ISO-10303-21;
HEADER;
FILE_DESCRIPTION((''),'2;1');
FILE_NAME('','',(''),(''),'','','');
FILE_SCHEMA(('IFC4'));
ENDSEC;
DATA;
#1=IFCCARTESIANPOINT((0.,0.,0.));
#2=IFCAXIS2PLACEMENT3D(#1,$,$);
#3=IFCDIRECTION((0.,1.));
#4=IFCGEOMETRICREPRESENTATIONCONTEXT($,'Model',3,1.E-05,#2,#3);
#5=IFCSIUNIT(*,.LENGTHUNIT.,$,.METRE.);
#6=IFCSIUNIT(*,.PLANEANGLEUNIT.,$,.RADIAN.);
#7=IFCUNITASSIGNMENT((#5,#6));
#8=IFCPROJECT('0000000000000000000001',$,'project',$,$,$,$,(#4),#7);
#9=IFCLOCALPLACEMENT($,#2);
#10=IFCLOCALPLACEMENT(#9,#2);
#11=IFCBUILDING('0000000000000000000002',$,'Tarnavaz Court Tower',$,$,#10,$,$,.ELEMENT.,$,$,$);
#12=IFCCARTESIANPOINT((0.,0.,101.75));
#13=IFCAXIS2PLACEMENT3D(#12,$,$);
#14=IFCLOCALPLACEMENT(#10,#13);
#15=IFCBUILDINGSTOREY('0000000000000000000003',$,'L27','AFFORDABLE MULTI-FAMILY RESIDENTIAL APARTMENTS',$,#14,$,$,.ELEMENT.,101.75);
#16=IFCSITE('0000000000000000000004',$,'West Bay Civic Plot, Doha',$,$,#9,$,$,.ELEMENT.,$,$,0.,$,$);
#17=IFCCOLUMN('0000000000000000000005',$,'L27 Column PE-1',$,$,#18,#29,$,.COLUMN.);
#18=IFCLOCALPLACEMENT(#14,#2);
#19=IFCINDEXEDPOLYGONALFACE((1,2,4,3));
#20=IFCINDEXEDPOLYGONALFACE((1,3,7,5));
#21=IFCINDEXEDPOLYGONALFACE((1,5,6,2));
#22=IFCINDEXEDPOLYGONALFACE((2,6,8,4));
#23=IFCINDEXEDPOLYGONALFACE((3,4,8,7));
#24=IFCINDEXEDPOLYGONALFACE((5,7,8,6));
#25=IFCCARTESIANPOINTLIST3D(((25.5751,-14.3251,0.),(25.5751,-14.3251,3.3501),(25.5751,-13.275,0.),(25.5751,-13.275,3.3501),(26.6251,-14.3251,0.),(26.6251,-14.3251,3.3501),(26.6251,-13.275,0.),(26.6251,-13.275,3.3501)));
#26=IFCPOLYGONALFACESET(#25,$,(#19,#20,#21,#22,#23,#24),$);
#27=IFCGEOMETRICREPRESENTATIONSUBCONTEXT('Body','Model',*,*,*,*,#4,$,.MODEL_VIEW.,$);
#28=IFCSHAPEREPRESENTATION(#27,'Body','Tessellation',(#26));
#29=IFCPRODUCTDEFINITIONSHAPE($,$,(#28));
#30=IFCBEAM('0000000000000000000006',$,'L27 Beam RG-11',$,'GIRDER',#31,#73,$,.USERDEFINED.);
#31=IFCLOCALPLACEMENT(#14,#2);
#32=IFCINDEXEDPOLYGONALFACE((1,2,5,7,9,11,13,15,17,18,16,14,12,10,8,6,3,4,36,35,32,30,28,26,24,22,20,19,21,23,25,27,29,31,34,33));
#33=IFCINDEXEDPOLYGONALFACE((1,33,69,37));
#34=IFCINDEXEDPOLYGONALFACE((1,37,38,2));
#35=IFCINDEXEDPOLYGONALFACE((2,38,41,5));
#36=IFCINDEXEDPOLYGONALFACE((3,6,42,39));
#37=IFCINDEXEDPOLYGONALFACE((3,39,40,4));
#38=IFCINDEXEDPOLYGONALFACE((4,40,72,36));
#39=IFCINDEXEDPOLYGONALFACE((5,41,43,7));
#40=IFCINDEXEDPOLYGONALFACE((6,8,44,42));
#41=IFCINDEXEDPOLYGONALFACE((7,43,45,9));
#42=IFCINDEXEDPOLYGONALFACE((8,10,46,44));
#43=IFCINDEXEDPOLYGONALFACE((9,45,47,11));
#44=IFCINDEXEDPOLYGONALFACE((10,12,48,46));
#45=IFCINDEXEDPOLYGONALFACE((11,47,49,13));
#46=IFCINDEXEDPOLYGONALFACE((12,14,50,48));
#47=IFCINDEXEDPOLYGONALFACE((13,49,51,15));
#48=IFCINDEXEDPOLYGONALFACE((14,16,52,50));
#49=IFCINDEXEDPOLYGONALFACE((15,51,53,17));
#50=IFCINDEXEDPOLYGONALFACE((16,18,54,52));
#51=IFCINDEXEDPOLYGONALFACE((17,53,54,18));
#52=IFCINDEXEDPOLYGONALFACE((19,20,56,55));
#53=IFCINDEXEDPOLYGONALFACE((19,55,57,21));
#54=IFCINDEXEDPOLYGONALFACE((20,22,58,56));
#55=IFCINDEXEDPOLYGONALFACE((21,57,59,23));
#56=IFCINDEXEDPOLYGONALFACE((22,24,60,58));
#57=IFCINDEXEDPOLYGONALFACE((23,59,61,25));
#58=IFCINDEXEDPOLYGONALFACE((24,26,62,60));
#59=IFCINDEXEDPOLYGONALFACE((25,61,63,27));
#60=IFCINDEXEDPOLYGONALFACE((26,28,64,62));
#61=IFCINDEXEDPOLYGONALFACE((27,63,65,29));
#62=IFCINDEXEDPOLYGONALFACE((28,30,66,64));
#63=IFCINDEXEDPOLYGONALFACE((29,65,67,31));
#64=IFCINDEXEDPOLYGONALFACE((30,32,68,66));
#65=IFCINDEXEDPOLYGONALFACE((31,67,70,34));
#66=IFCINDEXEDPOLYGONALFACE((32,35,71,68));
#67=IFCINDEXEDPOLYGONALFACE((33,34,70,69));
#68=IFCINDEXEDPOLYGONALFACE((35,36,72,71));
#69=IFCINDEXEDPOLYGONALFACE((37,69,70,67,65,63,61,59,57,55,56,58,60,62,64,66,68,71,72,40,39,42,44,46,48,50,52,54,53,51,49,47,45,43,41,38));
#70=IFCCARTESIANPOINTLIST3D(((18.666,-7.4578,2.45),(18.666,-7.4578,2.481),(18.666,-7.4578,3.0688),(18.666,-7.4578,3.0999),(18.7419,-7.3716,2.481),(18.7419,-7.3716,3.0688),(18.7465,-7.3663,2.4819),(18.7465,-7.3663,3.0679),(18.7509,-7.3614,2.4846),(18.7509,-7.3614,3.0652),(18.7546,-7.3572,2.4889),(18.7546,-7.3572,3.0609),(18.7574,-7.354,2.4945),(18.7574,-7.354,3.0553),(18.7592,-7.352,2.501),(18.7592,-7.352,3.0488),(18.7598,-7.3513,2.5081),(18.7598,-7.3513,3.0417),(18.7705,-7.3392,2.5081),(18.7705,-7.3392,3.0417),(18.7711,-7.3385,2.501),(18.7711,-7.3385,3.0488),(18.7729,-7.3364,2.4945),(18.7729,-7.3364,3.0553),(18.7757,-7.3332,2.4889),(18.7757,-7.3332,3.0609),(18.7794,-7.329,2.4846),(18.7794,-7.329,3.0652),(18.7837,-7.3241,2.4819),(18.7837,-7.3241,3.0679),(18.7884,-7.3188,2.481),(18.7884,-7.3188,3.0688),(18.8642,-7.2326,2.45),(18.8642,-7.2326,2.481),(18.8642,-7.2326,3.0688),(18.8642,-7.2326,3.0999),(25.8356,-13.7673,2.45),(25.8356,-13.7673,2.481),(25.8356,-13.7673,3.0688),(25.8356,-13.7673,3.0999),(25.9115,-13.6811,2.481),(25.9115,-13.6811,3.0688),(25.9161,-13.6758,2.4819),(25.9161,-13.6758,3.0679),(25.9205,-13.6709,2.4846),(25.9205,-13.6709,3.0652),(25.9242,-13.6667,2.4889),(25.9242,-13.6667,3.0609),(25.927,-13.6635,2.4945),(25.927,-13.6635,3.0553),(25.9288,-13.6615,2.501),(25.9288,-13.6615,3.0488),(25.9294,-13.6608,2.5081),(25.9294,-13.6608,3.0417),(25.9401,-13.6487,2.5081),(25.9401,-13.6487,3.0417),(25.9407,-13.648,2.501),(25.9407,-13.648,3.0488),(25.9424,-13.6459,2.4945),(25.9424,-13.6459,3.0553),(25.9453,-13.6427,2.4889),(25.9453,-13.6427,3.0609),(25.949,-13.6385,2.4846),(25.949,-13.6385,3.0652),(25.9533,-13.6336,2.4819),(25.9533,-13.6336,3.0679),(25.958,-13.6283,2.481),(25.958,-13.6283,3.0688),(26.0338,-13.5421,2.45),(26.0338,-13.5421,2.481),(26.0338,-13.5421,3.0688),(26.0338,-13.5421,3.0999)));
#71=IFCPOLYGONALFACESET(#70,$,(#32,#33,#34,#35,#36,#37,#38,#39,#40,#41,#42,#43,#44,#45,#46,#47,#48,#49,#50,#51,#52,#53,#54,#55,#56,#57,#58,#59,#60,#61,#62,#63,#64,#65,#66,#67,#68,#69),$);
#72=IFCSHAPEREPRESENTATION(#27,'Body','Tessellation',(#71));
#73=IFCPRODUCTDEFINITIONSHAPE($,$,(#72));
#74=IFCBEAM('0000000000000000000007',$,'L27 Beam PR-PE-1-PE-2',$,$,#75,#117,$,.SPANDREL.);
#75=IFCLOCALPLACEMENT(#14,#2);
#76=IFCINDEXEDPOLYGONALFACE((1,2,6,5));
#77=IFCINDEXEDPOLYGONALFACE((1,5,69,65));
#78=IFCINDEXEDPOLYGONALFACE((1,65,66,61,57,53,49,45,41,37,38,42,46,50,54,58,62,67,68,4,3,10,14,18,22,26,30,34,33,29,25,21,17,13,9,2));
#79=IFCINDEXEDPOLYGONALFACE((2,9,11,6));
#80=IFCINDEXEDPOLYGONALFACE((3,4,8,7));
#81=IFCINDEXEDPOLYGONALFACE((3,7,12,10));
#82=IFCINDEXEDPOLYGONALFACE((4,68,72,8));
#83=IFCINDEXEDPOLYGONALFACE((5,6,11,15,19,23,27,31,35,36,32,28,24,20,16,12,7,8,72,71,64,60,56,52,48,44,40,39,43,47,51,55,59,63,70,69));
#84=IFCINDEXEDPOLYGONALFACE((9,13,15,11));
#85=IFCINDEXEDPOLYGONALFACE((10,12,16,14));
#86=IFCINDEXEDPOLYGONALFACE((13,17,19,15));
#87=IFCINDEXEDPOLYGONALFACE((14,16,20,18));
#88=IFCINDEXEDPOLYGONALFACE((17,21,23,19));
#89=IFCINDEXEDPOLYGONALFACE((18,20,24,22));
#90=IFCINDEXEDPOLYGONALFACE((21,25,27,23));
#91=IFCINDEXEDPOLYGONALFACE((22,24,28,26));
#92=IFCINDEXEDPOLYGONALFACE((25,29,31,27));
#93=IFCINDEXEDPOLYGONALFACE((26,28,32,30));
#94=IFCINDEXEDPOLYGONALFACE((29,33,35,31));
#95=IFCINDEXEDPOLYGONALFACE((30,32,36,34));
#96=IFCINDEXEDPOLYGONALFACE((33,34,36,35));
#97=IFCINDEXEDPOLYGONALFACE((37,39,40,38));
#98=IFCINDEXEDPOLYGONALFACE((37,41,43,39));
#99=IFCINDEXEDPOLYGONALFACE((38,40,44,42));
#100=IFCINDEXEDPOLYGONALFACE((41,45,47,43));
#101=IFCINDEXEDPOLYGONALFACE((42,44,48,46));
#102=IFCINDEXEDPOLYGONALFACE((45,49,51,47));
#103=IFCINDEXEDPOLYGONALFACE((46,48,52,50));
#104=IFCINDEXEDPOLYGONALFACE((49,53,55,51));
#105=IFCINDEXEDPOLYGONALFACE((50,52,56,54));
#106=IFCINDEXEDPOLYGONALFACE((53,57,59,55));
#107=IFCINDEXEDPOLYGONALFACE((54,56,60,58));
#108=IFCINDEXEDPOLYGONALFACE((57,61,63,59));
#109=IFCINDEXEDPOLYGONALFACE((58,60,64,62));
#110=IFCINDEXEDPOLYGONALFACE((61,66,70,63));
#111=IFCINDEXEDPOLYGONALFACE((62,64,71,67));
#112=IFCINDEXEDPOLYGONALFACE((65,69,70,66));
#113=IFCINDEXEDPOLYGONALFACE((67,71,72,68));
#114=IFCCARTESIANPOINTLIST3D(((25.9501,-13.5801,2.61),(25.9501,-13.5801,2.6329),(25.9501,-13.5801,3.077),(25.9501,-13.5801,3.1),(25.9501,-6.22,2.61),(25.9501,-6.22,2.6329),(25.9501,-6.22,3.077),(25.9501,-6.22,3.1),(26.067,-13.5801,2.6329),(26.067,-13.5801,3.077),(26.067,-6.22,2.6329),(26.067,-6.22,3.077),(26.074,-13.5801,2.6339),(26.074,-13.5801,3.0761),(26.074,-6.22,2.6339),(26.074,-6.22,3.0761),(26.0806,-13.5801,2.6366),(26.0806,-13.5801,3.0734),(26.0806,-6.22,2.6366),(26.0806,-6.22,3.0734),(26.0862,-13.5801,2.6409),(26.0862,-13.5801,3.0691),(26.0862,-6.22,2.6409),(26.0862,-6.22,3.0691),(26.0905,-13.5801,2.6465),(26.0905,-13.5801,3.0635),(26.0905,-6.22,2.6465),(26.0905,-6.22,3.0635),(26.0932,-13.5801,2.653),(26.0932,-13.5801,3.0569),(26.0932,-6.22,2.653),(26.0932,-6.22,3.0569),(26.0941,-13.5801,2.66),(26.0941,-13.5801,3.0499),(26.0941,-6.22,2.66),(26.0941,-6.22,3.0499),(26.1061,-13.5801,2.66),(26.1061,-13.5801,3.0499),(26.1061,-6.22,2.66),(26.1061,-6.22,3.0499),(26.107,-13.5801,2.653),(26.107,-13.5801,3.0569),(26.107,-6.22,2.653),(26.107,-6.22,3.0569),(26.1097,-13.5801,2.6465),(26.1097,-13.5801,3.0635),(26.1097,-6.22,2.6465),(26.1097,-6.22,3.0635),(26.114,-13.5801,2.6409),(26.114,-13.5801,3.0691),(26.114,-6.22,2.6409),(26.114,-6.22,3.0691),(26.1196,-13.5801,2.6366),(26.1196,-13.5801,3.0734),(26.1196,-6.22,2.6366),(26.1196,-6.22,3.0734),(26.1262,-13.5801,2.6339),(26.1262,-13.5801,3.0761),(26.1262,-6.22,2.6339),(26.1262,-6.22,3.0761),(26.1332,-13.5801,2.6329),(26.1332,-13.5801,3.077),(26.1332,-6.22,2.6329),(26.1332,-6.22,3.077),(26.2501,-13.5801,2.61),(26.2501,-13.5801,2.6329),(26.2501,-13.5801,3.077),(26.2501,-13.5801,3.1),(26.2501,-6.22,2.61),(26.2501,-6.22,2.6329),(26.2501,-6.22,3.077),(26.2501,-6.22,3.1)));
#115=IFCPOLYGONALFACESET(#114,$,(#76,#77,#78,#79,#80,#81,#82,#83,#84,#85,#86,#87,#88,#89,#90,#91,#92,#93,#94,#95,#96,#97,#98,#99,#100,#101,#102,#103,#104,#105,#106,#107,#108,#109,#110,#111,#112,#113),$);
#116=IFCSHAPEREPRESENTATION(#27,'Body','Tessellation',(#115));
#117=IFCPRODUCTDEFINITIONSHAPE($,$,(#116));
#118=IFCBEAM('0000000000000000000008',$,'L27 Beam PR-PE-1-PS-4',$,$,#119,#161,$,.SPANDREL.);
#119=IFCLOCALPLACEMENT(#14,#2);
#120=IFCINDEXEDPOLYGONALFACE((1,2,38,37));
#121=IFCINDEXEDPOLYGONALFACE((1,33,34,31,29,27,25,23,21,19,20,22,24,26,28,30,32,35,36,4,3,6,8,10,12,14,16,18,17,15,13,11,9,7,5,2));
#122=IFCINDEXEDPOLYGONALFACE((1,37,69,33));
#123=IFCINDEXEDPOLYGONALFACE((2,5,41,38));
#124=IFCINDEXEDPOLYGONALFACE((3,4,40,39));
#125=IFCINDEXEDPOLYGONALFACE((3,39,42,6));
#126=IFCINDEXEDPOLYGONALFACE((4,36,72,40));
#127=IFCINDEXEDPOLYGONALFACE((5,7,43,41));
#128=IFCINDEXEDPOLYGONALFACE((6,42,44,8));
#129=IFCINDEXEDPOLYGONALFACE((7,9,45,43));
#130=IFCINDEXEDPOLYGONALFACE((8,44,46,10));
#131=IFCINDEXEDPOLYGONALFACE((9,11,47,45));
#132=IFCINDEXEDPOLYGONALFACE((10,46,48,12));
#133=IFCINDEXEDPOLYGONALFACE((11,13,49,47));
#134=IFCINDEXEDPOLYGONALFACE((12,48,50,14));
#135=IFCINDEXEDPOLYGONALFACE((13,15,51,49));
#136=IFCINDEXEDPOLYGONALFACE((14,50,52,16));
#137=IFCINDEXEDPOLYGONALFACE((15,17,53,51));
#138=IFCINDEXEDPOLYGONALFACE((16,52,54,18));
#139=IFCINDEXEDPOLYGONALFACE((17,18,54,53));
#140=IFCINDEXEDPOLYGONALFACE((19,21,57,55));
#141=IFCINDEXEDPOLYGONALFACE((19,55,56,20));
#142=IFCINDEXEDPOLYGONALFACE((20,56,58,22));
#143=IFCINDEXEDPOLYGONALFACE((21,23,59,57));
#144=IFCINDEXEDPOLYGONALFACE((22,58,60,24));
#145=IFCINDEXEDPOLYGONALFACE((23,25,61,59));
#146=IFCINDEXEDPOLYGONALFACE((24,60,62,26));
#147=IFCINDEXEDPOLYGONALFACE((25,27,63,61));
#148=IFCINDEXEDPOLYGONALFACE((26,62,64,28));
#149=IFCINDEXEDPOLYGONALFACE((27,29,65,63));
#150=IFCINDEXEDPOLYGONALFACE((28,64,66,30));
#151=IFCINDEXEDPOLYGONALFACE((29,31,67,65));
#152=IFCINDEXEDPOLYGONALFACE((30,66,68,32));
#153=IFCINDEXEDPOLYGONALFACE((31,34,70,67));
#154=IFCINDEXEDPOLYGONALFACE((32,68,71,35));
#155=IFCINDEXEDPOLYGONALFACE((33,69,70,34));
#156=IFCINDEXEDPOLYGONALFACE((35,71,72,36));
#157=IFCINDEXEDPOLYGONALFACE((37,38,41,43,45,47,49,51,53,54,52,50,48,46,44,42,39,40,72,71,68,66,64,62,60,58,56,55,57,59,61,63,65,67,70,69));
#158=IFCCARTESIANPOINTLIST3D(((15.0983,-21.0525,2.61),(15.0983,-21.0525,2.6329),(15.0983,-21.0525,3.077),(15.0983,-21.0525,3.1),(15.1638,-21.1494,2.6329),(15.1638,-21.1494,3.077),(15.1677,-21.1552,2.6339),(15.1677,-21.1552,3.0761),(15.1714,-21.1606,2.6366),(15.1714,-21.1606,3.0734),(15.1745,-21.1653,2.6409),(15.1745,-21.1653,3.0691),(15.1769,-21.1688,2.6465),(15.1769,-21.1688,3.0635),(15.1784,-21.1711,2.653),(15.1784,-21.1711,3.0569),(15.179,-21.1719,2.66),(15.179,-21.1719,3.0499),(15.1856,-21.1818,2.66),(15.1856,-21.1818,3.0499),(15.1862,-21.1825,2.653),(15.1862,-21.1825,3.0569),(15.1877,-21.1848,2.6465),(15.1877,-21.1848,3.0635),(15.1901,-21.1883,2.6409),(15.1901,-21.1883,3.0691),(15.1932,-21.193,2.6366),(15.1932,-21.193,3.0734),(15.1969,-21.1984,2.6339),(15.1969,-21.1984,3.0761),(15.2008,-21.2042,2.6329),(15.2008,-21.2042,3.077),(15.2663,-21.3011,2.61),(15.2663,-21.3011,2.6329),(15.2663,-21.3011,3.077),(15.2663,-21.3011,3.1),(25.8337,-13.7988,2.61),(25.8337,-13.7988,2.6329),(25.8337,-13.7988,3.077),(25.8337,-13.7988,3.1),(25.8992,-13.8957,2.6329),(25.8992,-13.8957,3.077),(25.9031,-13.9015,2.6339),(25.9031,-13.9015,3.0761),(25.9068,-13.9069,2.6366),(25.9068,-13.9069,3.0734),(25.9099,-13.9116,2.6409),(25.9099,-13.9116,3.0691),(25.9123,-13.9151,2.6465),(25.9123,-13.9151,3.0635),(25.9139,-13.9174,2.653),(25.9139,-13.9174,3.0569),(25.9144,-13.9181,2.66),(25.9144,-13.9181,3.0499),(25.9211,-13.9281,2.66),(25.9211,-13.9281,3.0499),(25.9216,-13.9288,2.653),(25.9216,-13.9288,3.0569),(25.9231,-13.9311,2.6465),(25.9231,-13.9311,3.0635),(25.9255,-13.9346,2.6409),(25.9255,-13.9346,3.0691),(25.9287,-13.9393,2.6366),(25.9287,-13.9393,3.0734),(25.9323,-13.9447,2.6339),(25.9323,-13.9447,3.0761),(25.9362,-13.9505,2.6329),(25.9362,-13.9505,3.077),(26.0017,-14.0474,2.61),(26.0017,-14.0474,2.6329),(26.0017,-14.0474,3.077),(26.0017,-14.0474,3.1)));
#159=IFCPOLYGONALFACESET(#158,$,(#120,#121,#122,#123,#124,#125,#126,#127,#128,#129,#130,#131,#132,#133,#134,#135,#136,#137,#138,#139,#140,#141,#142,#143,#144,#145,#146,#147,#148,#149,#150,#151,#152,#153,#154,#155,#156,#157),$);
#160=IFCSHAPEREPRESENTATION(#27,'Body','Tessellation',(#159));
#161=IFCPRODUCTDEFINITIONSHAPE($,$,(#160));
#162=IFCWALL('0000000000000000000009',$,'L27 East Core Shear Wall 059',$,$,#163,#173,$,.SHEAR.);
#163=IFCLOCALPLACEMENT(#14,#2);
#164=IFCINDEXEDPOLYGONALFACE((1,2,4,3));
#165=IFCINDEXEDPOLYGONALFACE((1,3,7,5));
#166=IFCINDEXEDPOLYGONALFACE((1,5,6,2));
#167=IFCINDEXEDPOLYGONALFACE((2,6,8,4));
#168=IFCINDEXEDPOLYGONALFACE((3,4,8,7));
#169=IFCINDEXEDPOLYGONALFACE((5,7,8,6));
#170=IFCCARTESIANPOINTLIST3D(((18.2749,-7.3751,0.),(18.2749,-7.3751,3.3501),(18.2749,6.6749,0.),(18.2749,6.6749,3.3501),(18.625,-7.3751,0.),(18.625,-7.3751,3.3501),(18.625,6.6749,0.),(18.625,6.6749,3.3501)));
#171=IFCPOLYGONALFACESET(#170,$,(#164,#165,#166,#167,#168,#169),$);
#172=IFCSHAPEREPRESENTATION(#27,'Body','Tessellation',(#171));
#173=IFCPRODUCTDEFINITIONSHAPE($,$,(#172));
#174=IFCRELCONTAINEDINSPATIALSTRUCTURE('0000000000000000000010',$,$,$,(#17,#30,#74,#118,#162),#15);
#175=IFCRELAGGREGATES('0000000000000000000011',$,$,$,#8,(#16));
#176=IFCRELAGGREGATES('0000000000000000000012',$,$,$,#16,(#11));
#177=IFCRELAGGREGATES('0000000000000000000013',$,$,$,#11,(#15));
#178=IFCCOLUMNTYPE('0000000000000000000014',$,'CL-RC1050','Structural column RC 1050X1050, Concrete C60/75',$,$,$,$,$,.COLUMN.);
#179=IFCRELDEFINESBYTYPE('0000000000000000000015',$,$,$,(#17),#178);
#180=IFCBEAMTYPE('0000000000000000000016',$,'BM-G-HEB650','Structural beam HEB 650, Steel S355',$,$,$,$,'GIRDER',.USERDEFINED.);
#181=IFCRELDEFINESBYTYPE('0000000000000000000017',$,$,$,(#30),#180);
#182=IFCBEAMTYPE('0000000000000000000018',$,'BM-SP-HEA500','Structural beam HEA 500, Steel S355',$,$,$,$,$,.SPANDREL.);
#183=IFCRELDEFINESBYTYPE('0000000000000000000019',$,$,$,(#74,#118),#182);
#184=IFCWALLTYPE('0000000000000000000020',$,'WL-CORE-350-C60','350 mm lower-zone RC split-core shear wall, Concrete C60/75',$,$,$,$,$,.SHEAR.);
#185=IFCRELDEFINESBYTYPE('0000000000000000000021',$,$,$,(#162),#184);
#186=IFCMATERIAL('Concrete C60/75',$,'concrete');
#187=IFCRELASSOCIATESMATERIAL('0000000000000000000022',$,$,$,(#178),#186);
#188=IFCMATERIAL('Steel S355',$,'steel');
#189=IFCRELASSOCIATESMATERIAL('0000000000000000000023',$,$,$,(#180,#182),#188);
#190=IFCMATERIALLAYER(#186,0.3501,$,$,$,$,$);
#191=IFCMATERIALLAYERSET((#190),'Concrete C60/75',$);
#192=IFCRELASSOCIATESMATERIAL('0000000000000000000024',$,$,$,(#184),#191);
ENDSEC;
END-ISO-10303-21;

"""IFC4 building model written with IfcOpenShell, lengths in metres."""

from ifc_helpers import new_model, si_unit, direction, frame, frame_2d, origin, origin_2d, place, context, subcontext, project, spatial, rectangle, i_section, extrude, material, layer, layer_set, material_profile, profile_set, type_object, element, save


model = new_model("IFC4")

# Units and contexts
model_context = context("Model", 3, precision=1e-05, world=origin(), true_north=direction((0.0, 1.0)))
body_context = subcontext(model_context, "Body", "Model", "MODEL_VIEW")
ifc_project = project(units=[si_unit("LENGTHUNIT", "METRE"), si_unit("PLANEANGLEUNIT", "RADIAN")], contexts=[model_context])

# Site, building, storey
site_placement = place(None, origin())
site = spatial("IfcSite", under=ifc_project, at=site_placement, Name="West Bay Civic Plot, Doha", CompositionType="ELEMENT", RefElevation=0.0)
building_placement = place(site_placement, origin())
building = spatial("IfcBuilding", under=site, at=building_placement, Name="Tarnavaz Court Tower", CompositionType="ELEMENT")
storey_placement = place(building_placement, frame((0.0, 0.0, 101.75)))
storey = spatial("IfcBuildingStorey", under=building, at=storey_placement, Name="L27", Description="AFFORDABLE MULTI-FAMILY RESIDENTIAL APARTMENTS", CompositionType="ELEMENT", Elevation=101.75)

# Column
ifc_material_1 = material(Name="Concrete C60/75", Category="concrete")
ifc_material_profile_1 = material_profile(ifc_material_1, rectangle(XDim=1.05, YDim=1.05, at=origin_2d()), Name="RC 1050X1050")
ifc_profile_set_1 = profile_set([ifc_material_profile_1], Name="Concrete C60/75")
column_type = type_object("IfcColumnType", Name="CL-RC1050", Description="Structural column RC 1050X1050, Concrete C60/75", PredefinedType="COLUMN", material=ifc_profile_set_1)
column_placement = place(storey_placement, frame((26.1001, -13.8, 0.0), z_axis=(0.0, 0.0, 1.0), x_axis=(1.0, 0.0, 0.0)))
element("IfcColumn", 1, at=column_placement, inside=storey, type_object=column_type, Name="L27 Column PE-1", PredefinedType="COLUMN", context=body_context, shape_type="SweptSolid", body=[
    extrude(rectangle(XDim=1.05, YDim=1.05, at=origin_2d()), origin(), (0.0, 0.0, 1.0), 3.3501),
])

# Beams
ifc_material_2 = material(Name="Steel S355", Category="steel")
ifc_material_profile_2 = material_profile(ifc_material_2, i_section(OverallWidth=0.3, OverallDepth=0.6499, WebThickness=0.0161, FlangeThickness=0.031, FilletRadius=0.0271, at=origin_2d()), Name="HEB 650")
ifc_profile_set_2 = profile_set([ifc_material_profile_2], Name="Steel S355")
beam_type_1 = type_object("IfcBeamType", Name="BM-G-HEB650", Description="Structural beam HEB 650, Steel S355", ElementType="GIRDER", PredefinedType="USERDEFINED", material=ifc_profile_set_2)
beam_1_placement = place(storey_placement, frame((18.7651, -7.3452, 2.7749), z_axis=(0.7507, -0.660643, 0.0), x_axis=(0.660643, 0.7507, 0.0)))
element("IfcBeam", 2, at=beam_1_placement, inside=storey, type_object=beam_type_1, Name="L27 Beam RG-11", ObjectType="GIRDER", PredefinedType="USERDEFINED", context=body_context, shape_type="SweptSolid", body=[
    extrude(i_section(OverallWidth=0.3, OverallDepth=0.6499, WebThickness=0.0161, FlangeThickness=0.031, FilletRadius=0.0271, at=origin_2d()), origin(), (0.0, 0.0, 1.0), 9.5505),
])
ifc_material_profile_3 = material_profile(ifc_material_2, i_section(OverallWidth=0.3, OverallDepth=0.49, WebThickness=0.012, FlangeThickness=0.0229, FilletRadius=0.0271, at=origin_2d()), Name="HEA 500")
ifc_profile_set_3 = profile_set([ifc_material_profile_3], Name="Steel S355")
beam_type_2 = type_object("IfcBeamType", Name="BM-SP-HEA500", Description="Structural beam HEA 500, Steel S355", PredefinedType="SPANDREL", material=ifc_profile_set_3)
beam_2_placement = place(storey_placement, frame((26.1001, -13.5801, 2.855), z_axis=(0.0, 1.0, 0.0), x_axis=(-1.0, 0.0, 0.0)))
element("IfcBeam", 3, at=beam_2_placement, inside=storey, type_object=beam_type_2, Name="L27 Beam PR-PE-1-PE-2", PredefinedType="SPANDREL", context=body_context, shape_type="SweptSolid", body=[
    extrude(i_section(OverallWidth=0.3, OverallDepth=0.49, WebThickness=0.012, FlangeThickness=0.0229, FilletRadius=0.0271, at=origin_2d()), origin(), (0.0, 0.0, 1.0), 7.3601),
])
beam_3_placement = place(storey_placement, frame((25.9177, -13.9231, 2.855), z_axis=(-0.828587, -0.55986, 0.0), x_axis=(0.55986, -0.828587, 0.0)))
element("IfcBeam", 4, at=beam_3_placement, inside=storey, type_object=beam_type_2, Name="L27 Beam PR-PE-1-PS-4", PredefinedType="SPANDREL", context=body_context, shape_type="SweptSolid", body=[
    extrude(i_section(OverallWidth=0.3, OverallDepth=0.49, WebThickness=0.012, FlangeThickness=0.0229, FilletRadius=0.0271, at=origin_2d()), origin(), (0.0, 0.0, 1.0), 12.9563),
])

# Wall
ifc_layer_1 = layer(ifc_material_1, 0.3501)
ifc_layer_set_1 = layer_set([ifc_layer_1], Name="Concrete C60/75")
wall_type_1 = type_object("IfcWallType", Name="WL-CORE-350-C60", Description="350 mm lower-zone RC split-core shear wall, Concrete C60/75", PredefinedType="SHEAR", material=ifc_layer_set_1)
wall_1_placement = place(storey_placement, frame((18.45, -7.375, 0.0), z_axis=(0.0, 0.0, 1.0), x_axis=(0.0, 1.0, 0.0)))
element("IfcWall", 5, at=wall_1_placement, inside=storey, type_object=wall_type_1, Name="L27 East Core Shear Wall 059", PredefinedType="SHEAR", context=body_context, shape_type="SweptSolid", body=[
    extrude(rectangle(XDim=14.05, YDim=0.3501, at=frame_2d((7.0249, 0.0))), origin(), (0.0, 0.0, 1.0), 3.3501),
])

save(model, "model.ifc")
